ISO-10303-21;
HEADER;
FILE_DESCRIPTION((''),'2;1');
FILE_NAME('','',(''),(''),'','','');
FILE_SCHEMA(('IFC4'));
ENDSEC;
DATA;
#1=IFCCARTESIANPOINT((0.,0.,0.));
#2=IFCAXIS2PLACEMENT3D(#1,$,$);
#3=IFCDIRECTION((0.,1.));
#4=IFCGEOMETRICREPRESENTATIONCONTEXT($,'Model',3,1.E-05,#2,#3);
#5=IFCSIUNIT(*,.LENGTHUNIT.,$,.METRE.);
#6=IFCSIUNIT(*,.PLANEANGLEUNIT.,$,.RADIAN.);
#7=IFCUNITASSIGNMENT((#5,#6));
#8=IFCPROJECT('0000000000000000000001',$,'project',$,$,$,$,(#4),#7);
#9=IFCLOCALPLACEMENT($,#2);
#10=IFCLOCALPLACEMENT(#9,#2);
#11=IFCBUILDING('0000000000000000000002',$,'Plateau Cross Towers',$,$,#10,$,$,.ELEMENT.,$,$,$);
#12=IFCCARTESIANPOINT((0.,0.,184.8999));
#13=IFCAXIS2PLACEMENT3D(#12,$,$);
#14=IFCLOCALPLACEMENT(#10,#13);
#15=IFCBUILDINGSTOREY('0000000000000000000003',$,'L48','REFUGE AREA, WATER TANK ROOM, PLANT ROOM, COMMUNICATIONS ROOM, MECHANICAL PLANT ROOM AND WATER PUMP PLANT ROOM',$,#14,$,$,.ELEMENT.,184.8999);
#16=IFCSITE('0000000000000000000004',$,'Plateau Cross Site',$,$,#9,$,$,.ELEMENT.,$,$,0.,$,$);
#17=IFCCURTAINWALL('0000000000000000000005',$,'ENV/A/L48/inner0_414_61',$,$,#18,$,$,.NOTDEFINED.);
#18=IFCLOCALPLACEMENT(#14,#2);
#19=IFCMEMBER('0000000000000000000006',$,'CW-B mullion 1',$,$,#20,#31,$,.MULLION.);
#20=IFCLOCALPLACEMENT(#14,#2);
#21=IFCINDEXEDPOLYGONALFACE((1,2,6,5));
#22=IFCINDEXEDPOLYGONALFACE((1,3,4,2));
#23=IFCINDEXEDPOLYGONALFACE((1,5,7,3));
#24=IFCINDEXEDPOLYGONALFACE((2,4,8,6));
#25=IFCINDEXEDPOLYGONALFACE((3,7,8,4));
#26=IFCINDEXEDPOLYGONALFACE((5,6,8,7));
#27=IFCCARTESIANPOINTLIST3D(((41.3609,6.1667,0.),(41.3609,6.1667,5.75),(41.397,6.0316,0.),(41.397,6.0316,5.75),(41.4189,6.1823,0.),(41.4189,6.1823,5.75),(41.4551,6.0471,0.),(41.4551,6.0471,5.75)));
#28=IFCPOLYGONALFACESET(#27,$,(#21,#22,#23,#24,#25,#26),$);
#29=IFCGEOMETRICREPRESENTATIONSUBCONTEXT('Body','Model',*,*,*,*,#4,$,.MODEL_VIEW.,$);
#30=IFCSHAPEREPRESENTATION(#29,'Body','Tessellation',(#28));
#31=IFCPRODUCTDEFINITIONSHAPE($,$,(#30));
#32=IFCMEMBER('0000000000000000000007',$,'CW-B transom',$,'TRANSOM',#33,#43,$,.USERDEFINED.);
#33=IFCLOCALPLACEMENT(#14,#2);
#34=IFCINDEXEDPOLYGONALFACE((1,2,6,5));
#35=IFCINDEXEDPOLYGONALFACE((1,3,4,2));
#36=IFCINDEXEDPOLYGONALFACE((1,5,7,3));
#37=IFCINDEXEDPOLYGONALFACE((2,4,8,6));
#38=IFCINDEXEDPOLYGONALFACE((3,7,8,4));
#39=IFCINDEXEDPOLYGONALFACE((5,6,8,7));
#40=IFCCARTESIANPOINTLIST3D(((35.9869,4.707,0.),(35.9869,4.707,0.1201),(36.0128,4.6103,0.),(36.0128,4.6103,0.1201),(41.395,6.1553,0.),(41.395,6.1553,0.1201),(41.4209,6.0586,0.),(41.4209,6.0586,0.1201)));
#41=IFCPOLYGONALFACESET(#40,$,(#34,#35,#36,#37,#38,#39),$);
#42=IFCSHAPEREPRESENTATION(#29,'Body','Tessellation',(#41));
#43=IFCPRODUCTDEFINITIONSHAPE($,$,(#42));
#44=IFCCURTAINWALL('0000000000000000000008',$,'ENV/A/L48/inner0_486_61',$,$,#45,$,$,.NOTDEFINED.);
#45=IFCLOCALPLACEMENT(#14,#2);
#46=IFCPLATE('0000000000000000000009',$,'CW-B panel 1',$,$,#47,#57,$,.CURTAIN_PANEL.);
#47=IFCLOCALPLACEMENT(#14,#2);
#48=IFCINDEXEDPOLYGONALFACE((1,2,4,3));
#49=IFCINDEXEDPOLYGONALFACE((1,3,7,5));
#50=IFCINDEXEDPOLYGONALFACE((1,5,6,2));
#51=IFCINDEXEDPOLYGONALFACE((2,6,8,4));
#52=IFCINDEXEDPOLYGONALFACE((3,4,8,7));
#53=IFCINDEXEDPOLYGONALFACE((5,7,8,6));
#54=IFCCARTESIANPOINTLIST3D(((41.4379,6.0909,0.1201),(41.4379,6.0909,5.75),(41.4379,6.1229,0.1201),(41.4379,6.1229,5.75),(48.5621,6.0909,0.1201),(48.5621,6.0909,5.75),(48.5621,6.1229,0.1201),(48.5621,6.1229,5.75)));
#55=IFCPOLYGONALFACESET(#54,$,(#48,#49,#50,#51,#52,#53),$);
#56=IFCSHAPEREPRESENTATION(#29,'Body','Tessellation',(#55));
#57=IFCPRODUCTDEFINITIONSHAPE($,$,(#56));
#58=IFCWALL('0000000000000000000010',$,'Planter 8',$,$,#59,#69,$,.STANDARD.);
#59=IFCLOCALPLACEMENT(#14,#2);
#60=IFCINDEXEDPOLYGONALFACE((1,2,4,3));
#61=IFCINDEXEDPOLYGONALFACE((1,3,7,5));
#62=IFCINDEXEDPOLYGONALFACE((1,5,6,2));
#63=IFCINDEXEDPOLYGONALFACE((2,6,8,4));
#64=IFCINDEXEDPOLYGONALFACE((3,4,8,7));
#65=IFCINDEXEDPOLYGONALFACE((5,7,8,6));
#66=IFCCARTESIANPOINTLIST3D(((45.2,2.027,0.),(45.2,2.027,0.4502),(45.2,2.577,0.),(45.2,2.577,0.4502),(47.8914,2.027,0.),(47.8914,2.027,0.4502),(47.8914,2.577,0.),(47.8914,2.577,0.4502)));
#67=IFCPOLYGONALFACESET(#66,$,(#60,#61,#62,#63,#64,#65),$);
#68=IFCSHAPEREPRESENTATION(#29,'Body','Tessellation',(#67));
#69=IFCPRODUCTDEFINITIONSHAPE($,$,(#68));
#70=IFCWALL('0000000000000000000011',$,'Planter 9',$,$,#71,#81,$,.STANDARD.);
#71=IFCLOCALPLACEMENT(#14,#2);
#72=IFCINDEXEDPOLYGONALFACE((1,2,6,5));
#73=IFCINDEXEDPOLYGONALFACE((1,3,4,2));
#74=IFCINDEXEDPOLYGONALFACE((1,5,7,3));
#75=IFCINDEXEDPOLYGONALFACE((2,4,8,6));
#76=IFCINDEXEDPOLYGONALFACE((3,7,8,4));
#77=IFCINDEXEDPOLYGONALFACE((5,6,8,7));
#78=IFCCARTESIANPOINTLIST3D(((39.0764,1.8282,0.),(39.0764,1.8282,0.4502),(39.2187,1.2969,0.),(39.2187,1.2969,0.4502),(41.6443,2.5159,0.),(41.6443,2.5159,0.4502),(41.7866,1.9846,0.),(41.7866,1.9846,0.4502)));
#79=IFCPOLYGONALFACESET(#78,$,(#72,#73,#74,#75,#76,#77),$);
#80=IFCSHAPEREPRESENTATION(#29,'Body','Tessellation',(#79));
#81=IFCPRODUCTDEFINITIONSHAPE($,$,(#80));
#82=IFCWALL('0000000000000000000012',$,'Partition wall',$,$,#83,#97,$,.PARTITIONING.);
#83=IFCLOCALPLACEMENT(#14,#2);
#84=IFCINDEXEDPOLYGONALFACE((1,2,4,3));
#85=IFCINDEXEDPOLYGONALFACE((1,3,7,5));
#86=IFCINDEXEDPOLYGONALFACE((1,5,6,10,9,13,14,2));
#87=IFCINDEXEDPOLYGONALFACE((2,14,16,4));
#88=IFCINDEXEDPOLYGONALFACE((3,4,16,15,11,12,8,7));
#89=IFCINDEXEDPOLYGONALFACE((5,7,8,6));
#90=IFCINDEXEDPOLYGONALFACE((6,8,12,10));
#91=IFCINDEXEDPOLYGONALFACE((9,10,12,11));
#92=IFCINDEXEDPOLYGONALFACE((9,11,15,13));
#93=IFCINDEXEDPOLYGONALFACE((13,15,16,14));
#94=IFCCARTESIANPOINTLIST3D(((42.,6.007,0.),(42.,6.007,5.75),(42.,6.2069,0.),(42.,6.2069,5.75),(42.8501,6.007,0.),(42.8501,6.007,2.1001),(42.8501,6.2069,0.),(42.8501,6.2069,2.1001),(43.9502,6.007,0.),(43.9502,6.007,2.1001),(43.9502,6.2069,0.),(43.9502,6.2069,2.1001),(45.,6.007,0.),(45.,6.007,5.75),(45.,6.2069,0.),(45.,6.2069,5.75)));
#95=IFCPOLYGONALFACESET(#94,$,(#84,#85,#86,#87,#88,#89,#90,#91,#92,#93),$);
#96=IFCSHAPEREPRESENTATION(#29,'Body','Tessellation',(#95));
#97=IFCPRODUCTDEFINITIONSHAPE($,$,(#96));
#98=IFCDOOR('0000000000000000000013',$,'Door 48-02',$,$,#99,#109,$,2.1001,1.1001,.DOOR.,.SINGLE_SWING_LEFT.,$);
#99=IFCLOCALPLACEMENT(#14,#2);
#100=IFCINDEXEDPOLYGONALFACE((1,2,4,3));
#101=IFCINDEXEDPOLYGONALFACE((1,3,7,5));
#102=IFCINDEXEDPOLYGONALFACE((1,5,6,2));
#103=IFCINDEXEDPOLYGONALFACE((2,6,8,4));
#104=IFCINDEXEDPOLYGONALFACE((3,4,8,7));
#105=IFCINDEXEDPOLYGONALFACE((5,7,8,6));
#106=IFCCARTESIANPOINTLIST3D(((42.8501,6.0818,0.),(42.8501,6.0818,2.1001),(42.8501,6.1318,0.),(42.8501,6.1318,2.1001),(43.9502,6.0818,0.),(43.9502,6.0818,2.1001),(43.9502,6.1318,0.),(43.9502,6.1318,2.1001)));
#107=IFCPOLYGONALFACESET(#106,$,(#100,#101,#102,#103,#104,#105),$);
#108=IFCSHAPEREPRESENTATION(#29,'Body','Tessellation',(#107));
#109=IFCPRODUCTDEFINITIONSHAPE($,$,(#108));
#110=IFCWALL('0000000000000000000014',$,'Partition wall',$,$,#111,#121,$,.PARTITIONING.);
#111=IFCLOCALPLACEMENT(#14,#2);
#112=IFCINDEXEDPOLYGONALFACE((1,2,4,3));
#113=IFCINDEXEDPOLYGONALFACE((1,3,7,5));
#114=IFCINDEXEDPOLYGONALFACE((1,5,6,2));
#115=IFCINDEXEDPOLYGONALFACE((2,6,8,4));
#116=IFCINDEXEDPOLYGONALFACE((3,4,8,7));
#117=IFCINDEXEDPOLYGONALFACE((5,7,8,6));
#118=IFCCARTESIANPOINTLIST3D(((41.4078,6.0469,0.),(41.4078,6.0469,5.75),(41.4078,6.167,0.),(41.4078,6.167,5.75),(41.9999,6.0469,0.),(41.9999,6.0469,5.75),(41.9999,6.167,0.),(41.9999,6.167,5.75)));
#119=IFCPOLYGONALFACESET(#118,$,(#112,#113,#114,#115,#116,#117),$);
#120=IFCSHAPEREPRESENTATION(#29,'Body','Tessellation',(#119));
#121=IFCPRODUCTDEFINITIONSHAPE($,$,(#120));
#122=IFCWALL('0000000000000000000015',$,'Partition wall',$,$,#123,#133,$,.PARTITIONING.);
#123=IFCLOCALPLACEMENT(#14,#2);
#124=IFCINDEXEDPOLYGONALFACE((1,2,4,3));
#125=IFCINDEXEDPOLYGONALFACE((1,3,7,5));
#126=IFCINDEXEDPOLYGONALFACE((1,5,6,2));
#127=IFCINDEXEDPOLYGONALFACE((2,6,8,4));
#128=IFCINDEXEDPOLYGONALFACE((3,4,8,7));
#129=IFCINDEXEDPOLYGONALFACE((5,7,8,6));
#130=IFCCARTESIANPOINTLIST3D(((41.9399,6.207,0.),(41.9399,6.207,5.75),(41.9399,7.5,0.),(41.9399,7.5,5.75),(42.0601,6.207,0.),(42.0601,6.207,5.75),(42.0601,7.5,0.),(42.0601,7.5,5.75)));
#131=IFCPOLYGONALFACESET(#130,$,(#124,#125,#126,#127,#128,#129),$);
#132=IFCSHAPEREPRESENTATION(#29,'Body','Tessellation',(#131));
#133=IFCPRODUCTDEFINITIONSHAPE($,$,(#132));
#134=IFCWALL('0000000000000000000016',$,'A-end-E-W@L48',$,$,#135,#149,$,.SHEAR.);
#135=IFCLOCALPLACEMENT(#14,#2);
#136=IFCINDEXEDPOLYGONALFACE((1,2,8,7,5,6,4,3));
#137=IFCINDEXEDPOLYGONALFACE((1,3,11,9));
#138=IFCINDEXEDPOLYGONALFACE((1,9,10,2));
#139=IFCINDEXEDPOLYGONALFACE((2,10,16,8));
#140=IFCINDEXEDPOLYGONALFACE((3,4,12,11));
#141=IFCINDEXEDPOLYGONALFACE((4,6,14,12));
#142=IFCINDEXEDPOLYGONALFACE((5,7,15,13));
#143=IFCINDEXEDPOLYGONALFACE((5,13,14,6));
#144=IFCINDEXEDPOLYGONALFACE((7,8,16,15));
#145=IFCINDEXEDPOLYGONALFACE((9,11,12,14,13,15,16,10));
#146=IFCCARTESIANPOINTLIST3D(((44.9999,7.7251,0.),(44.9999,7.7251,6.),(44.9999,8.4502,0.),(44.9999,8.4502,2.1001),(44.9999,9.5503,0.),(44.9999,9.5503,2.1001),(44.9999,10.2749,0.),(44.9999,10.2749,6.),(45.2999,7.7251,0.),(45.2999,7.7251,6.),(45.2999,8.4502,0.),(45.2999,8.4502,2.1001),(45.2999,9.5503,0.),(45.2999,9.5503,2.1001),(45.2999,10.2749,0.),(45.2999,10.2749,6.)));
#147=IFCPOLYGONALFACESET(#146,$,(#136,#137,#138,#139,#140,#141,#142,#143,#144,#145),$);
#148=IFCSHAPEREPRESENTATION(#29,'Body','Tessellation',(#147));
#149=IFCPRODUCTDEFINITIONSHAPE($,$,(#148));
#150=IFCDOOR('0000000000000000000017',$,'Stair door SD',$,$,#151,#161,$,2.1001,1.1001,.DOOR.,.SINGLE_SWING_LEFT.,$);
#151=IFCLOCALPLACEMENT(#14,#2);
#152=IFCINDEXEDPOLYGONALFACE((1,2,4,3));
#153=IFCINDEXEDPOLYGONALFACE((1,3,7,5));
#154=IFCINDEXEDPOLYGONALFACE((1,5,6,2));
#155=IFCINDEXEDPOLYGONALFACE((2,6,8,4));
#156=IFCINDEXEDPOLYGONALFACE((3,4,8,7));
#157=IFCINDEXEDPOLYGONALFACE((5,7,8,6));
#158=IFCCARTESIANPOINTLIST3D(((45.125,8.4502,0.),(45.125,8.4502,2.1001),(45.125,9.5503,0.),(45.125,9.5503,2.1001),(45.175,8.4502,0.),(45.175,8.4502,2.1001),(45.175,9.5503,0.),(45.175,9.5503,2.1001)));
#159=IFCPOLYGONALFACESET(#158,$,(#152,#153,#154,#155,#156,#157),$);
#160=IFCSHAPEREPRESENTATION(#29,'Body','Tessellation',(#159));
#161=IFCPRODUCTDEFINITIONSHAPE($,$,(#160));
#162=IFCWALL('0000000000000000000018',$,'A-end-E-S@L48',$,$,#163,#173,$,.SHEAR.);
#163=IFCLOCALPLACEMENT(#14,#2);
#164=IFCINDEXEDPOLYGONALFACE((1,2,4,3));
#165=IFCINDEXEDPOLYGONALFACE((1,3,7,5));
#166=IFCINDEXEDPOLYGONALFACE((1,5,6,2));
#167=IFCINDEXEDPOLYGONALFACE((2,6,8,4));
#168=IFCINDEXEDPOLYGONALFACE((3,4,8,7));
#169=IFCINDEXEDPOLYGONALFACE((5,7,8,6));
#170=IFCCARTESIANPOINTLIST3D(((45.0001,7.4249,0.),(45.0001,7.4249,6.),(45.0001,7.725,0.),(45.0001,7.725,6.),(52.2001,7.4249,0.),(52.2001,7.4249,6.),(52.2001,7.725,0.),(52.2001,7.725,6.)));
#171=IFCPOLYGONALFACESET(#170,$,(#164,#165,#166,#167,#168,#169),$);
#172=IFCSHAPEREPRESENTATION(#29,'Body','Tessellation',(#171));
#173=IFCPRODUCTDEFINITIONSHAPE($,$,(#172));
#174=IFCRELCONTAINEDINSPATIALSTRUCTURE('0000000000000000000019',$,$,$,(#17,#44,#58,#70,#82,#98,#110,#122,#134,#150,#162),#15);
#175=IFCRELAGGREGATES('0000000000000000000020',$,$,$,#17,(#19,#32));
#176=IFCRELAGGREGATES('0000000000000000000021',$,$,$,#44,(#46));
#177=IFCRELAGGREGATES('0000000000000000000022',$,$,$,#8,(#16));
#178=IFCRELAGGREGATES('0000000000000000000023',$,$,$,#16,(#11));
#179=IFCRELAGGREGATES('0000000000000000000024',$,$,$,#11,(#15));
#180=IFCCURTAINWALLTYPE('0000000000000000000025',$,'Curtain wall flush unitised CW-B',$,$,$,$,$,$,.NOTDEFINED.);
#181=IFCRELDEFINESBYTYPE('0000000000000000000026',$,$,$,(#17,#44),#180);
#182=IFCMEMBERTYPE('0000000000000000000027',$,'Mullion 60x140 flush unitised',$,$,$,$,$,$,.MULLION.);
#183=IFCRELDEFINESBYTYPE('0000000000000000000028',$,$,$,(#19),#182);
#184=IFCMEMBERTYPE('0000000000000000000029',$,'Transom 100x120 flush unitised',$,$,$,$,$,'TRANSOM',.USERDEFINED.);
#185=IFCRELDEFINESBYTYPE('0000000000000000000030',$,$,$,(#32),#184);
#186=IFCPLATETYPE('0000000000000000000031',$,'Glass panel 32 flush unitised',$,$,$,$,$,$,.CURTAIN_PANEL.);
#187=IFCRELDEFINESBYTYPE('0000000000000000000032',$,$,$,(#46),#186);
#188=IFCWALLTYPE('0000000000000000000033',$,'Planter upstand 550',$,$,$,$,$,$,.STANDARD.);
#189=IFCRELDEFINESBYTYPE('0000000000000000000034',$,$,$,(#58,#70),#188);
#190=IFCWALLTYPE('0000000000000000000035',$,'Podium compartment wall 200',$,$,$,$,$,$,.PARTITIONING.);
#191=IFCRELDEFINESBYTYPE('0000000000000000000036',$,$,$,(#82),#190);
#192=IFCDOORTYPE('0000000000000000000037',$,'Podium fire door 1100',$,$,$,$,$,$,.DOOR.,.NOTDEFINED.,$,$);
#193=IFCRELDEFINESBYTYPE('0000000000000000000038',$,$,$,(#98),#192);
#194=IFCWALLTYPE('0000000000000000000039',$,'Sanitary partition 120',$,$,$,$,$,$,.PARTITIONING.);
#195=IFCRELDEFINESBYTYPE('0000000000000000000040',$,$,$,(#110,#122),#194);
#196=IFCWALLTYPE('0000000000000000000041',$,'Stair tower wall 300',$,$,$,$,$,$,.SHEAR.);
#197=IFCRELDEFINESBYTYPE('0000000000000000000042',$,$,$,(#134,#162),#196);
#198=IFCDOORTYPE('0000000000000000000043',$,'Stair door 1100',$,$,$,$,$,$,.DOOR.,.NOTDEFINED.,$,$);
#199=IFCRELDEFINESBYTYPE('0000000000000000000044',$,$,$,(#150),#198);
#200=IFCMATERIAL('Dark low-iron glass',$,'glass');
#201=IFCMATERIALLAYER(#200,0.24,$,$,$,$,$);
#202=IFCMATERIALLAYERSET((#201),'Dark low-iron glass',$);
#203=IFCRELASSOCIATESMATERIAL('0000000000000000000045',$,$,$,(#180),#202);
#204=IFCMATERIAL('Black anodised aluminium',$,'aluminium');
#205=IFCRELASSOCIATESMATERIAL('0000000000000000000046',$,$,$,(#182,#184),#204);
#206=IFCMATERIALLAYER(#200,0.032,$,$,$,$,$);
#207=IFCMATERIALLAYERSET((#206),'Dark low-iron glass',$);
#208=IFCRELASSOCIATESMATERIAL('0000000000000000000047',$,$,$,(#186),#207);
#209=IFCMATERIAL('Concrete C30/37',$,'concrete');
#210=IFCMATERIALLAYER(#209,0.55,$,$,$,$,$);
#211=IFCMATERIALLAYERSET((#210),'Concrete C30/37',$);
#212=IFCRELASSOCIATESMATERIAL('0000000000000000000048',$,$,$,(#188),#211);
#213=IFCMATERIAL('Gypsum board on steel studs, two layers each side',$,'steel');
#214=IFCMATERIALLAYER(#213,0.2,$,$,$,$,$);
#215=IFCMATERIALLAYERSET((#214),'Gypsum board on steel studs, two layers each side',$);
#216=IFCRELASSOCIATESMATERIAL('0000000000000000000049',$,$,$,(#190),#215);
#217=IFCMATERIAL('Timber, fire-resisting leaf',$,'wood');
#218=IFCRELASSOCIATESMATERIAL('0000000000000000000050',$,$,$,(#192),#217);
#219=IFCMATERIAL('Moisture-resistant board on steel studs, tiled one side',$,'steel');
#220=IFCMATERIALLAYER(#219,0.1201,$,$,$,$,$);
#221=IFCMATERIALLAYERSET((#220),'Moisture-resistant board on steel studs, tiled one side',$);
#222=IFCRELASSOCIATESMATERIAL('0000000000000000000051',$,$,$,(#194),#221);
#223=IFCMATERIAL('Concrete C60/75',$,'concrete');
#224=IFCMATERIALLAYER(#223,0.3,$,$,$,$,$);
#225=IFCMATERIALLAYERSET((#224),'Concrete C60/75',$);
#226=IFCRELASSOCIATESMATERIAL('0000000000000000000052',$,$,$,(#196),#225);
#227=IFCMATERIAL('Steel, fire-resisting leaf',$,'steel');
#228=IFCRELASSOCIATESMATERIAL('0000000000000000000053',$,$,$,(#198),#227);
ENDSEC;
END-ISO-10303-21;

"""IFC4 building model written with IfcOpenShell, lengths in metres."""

from ifc_helpers import new_model, si_unit, direction, frame, frame_2d, origin, origin_2d, place, context, subcontext, project, spatial, rectangle, extrude, material, layer, layer_set, material_profile, profile_set, type_object, element, fill, aggregate, save


model = new_model("IFC4")

# Units and contexts
model_context = context("Model", 3, precision=1e-05, world=origin(), true_north=direction((0.0, 1.0)))
body_context = subcontext(model_context, "Body", "Model", "MODEL_VIEW")
ifc_project = project(units=[si_unit("LENGTHUNIT", "METRE"), si_unit("PLANEANGLEUNIT", "RADIAN")], contexts=[model_context])

# Site, building, storey
site_placement = place(None, origin())
site = spatial("IfcSite", under=ifc_project, at=site_placement, Name="Plateau Cross Site", CompositionType="ELEMENT", RefElevation=0.0)
building_placement = place(site_placement, origin())
building = spatial("IfcBuilding", under=site, at=building_placement, Name="Plateau Cross Towers", CompositionType="ELEMENT")
storey_placement = place(building_placement, frame((0.0, 0.0, 184.8999)))
storey = spatial("IfcBuildingStorey", under=building, at=storey_placement, Name="L48", Description="REFUGE AREA, WATER TANK ROOM, PLANT ROOM, COMMUNICATIONS ROOM, MECHANICAL PLANT ROOM AND WATER PUMP PLANT ROOM", CompositionType="ELEMENT", Elevation=184.8999)

# Curtain wall, members
ifc_material_1 = material(Name="Dark low-iron glass", Category="glass")
ifc_layer_1 = layer(ifc_material_1, 0.24)
ifc_layer_set_1 = layer_set([ifc_layer_1], Name="Dark low-iron glass")
curtain_wall_type = type_object("IfcCurtainWallType", Name="Curtain wall flush unitised CW-B", PredefinedType="NOTDEFINED", material=ifc_layer_set_1)
curtain_wall_1_placement = place(storey_placement, origin())
curtain_wall_1 = element("IfcCurtainWall", 1, at=curtain_wall_1_placement, inside=storey, type_object=curtain_wall_type, Name="ENV/A/L48/inner0_414_61", PredefinedType="NOTDEFINED")
ifc_material_2 = material(Name="Black anodised aluminium", Category="aluminium")
ifc_material_profile_1 = material_profile(ifc_material_2, rectangle(XDim=0.0601, YDim=0.1399, at=origin_2d()), Name="MULLION 60x140")
ifc_profile_set_1 = profile_set([ifc_material_profile_1], Name="Black anodised aluminium")
member_type_1 = type_object("IfcMemberType", Name="Mullion 60x140 flush unitised", PredefinedType="MULLION", material=ifc_profile_set_1)
member_1_placement = place(storey_placement, frame((41.408, 6.1069, 0.0), z_axis=(0.0, 0.0, 1.0), x_axis=(-0.965958, -0.258699, 0.0)))
member_1 = element("IfcMember", 2, at=member_1_placement, type_object=member_type_1, Name="CW-B mullion 1", PredefinedType="MULLION", context=body_context, shape_type="SweptSolid", body=[
    extrude(rectangle(XDim=0.0601, YDim=0.1399, at=origin_2d()), origin(), (0.0, 0.0, 1.0), 5.75),
])
ifc_material_profile_2 = material_profile(ifc_material_2, rectangle(XDim=0.1001, YDim=0.1201, at=origin_2d()), Name="TRANSOM 100x120")
ifc_profile_set_2 = profile_set([ifc_material_profile_2], Name="Black anodised aluminium")
member_type_2 = type_object("IfcMemberType", Name="Transom 100x120 flush unitised", ElementType="TRANSOM", PredefinedType="USERDEFINED", material=ifc_profile_set_2)
member_2_placement = place(storey_placement, frame((41.408, 6.1069, 0.0601), z_axis=(-0.965962, -0.258683, 0.0), x_axis=(0.258683, -0.965962, 0.0)))
member_2 = element("IfcMember", 3, at=member_2_placement, type_object=member_type_2, Name="CW-B transom", ObjectType="TRANSOM", PredefinedType="USERDEFINED", context=body_context, shape_type="SweptSolid", body=[
    extrude(rectangle(XDim=0.1001, YDim=0.1201, at=origin_2d()), origin(), (0.0, 0.0, 1.0), 5.5986),
])
aggregate(curtain_wall_1, [member_1, member_2])

# Curtain wall, plate
curtain_wall_2_placement = place(storey_placement, origin())
curtain_wall_2 = element("IfcCurtainWall", 4, at=curtain_wall_2_placement, inside=storey, type_object=curtain_wall_type, Name="ENV/A/L48/inner0_486_61", PredefinedType="NOTDEFINED")
ifc_layer_2 = layer(ifc_material_1, 0.032)
ifc_layer_set_2 = layer_set([ifc_layer_2], Name="Dark low-iron glass")
plate_type = type_object("IfcPlateType", Name="Glass panel 32 flush unitised", PredefinedType="CURTAIN_PANEL", material=ifc_layer_set_2)
plate_placement = place(storey_placement, frame((45.0, 6.1069, 0.1201), z_axis=(0.0, 0.0, 1.0), x_axis=(-1.0, 0.0, 0.0)))
plate = element("IfcPlate", 5, at=plate_placement, type_object=plate_type, Name="CW-B panel 1", PredefinedType="CURTAIN_PANEL", context=body_context, shape_type="SweptSolid", body=[
    extrude(rectangle(XDim=7.1243, YDim=0.032, at=origin_2d()), origin(), (0.0, 0.0, 1.0), 5.6299),
])
aggregate(curtain_wall_2, [plate])

# Walls
ifc_material_3 = material(Name="Concrete C30/37", Category="concrete")
ifc_layer_3 = layer(ifc_material_3, 0.55)
ifc_layer_set_3 = layer_set([ifc_layer_3], Name="Concrete C30/37")
wall_type_1 = type_object("IfcWallType", Name="Planter upstand 550", PredefinedType="STANDARD", material=ifc_layer_set_3)
wall_1_placement = place(storey_placement, frame((47.8914, 2.302, 0.0), z_axis=(0.0, 0.0, 1.0), x_axis=(-1.0, 0.0, 0.0)))
element("IfcWall", 6, at=wall_1_placement, inside=storey, type_object=wall_type_1, Name="Planter 8", PredefinedType="STANDARD", context=body_context, shape_type="SweptSolid", body=[
    extrude(rectangle(XDim=2.6914, YDim=0.55, at=frame_2d((1.3457, 0.0))), origin(), (0.0, 0.0, 1.0), 0.4502),
])
wall_2_placement = place(storey_placement, frame((41.7153, 2.2502, 0.0), z_axis=(0.0, 0.0, 1.0), x_axis=(-0.965955, -0.258709, 0.0)))
element("IfcWall", 7, at=wall_2_placement, inside=storey, type_object=wall_type_1, Name="Planter 9", PredefinedType="STANDARD", context=body_context, shape_type="SweptSolid", body=[
    extrude(rectangle(XDim=2.6584, YDim=0.55, at=frame_2d((1.3291, 0.0))), origin(), (0.0, 0.0, 1.0), 0.4502),
])

# Wall, opening, door
ifc_material_4 = material(Name="Gypsum board on steel studs, two layers each side", Category="steel")
ifc_layer_4 = layer(ifc_material_4, 0.2)
ifc_layer_set_4 = layer_set([ifc_layer_4], Name="Gypsum board on steel studs, two layers each side")
wall_type_2 = type_object("IfcWallType", Name="Podium compartment wall 200", PredefinedType="PARTITIONING", material=ifc_layer_set_4)
wall_3_placement = place(storey_placement, frame((42.0, 6.1069, 0.0), z_axis=(0.0, 0.0, 1.0), x_axis=(1.0, 0.0, 0.0)))
wall_3 = element("IfcWall", 8, at=wall_3_placement, inside=storey, type_object=wall_type_2, Name="Partition wall", PredefinedType="PARTITIONING", context=body_context, shape_type="SweptSolid", body=[
    extrude(rectangle(XDim=3.0, YDim=0.2, at=frame_2d((1.5, 0.0))), origin(), (0.0, 0.0, 1.0), 5.75),
])
opening_1_placement = place(wall_3_placement, frame((0.8501, 0.0, 0.0)))
opening_1 = element("IfcOpeningElement", 9, at=opening_1_placement, cuts=wall_3, PredefinedType="OPENING", context=body_context, shape_type="SweptSolid", body=[
    extrude(rectangle(XDim=1.1001, YDim=2.1001, at=frame_2d((0.55, 1.05))), frame((0.0, 0.1099, 0.0), z_axis=(0.0, -1.0, 0.0), x_axis=(1.0, 0.0, 0.0)), (0.0, 0.0, 1.0), 0.22),
])
ifc_material_5 = material(Name="Timber, fire-resisting leaf", Category="wood")
door_type_1 = type_object("IfcDoorType", Name="Podium fire door 1100", OperationType="NOTDEFINED", PredefinedType="DOOR", material=ifc_material_5)
door_1_placement = place(opening_1_placement, origin())
door_1 = element("IfcDoor", 10, at=door_1_placement, inside=storey, type_object=door_type_1, Name="Door 48-02", OperationType="SINGLE_SWING_LEFT", OverallHeight=2.1001, OverallWidth=1.1001, PredefinedType="DOOR", context=body_context, shape_type="SweptSolid", body=[
    extrude(rectangle(XDim=1.1001, YDim=2.1001, at=frame_2d((0.55, 1.05))), frame((0.0, 0.0249, 0.0), z_axis=(0.0, -1.0, 0.0), x_axis=(1.0, 0.0, 0.0)), (0.0, 0.0, 1.0), 0.05),
])
fill(opening_1, door_1)

# Walls
ifc_material_6 = material(Name="Moisture-resistant board on steel studs, tiled one side", Category="steel")
ifc_layer_5 = layer(ifc_material_6, 0.1201)
ifc_layer_set_5 = layer_set([ifc_layer_5], Name="Moisture-resistant board on steel studs, tiled one side")
wall_type_3 = type_object("IfcWallType", Name="Sanitary partition 120", PredefinedType="PARTITIONING", material=ifc_layer_set_5)
wall_4_placement = place(storey_placement, frame((41.408, 6.1069, 0.0), z_axis=(0.0, 0.0, 1.0), x_axis=(1.0, 0.0, 0.0)))
element("IfcWall", 11, at=wall_4_placement, inside=storey, type_object=wall_type_3, Name="Partition wall", PredefinedType="PARTITIONING", context=body_context, shape_type="SweptSolid", body=[
    extrude(rectangle(XDim=0.592, YDim=0.1201, at=frame_2d((0.2959, 0.0))), origin(), (0.0, 0.0, 1.0), 5.75),
])
wall_5_placement = place(storey_placement, frame((42.0, 6.207, 0.0), z_axis=(0.0, 0.0, 1.0), x_axis=(0.0, 1.0, 0.0)))
element("IfcWall", 12, at=wall_5_placement, inside=storey, type_object=wall_type_3, Name="Partition wall", PredefinedType="PARTITIONING", context=body_context, shape_type="SweptSolid", body=[
    extrude(rectangle(XDim=1.293, YDim=0.1201, at=frame_2d((0.6465, 0.0))), origin(), (0.0, 0.0, 1.0), 5.75),
])

# Wall, opening, door
ifc_material_7 = material(Name="Concrete C60/75", Category="concrete")
ifc_layer_6 = layer(ifc_material_7, 0.3)
ifc_layer_set_6 = layer_set([ifc_layer_6], Name="Concrete C60/75")
wall_type_4 = type_object("IfcWallType", Name="Stair tower wall 300", PredefinedType="SHEAR", material=ifc_layer_set_6)
wall_6_placement = place(storey_placement, frame((45.1499, 7.7251, 0.0), z_axis=(0.0, 0.0, 1.0), x_axis=(0.0, 1.0, 0.0)))
wall_6 = element("IfcWall", 13, at=wall_6_placement, inside=storey, type_object=wall_type_4, Name="A-end-E-W@L48", PredefinedType="SHEAR", context=body_context, shape_type="SweptSolid", body=[
    extrude(rectangle(XDim=2.5498, YDim=0.3, at=frame_2d((1.2749, 0.0))), origin(), (0.0, 0.0, 1.0), 6.0),
])
opening_2_placement = place(wall_6_placement, frame((0.7251, 0.0, 0.0)))
opening_2 = element("IfcOpeningElement", 14, at=opening_2_placement, cuts=wall_6, PredefinedType="OPENING", context=body_context, shape_type="SweptSolid", body=[
    extrude(rectangle(XDim=1.1001, YDim=2.1001, at=frame_2d((0.55, 1.05))), frame((0.0, 0.1599, 0.0), z_axis=(0.0, -1.0, 0.0), x_axis=(1.0, 0.0, 0.0)), (0.0, 0.0, 1.0), 0.3201),
])
ifc_material_8 = material(Name="Steel, fire-resisting leaf", Category="steel")
door_type_2 = type_object("IfcDoorType", Name="Stair door 1100", OperationType="NOTDEFINED", PredefinedType="DOOR", material=ifc_material_8)
door_2_placement = place(opening_2_placement, origin())
door_2 = element("IfcDoor", 15, at=door_2_placement, inside=storey, type_object=door_type_2, Name="Stair door SD", OperationType="SINGLE_SWING_LEFT", OverallHeight=2.1001, OverallWidth=1.1001, PredefinedType="DOOR", context=body_context, shape_type="SweptSolid", body=[
    extrude(rectangle(XDim=1.1001, YDim=2.1001, at=frame_2d((0.55, 1.05))), frame((0.0, 0.0249, 0.0), z_axis=(0.0, -1.0, 0.0), x_axis=(1.0, 0.0, 0.0)), (0.0, 0.0, 1.0), 0.05),
])
fill(opening_2, door_2)

# Wall
for number, where, z_axis, x_axis, name in (
    (16, (45.0, 7.575, 0.0), (0.0, 0.0, 1.0), (1.0, 0.0, 0.0), "A-end-E-S@L48"),
):
    element("IfcWall", number, at=place(storey_placement, frame(where, z_axis=z_axis, x_axis=x_axis)), inside=storey, type_object=wall_type_4, Name=name, PredefinedType="SHEAR", context=body_context, shape_type="SweptSolid", body=[
        extrude(rectangle(XDim=7.2, YDim=0.3, at=frame_2d((3.6001, 0.0))), origin(), (0.0, 0.0, 1.0), 6.0),
    ])

save(model, "model.ifc")
